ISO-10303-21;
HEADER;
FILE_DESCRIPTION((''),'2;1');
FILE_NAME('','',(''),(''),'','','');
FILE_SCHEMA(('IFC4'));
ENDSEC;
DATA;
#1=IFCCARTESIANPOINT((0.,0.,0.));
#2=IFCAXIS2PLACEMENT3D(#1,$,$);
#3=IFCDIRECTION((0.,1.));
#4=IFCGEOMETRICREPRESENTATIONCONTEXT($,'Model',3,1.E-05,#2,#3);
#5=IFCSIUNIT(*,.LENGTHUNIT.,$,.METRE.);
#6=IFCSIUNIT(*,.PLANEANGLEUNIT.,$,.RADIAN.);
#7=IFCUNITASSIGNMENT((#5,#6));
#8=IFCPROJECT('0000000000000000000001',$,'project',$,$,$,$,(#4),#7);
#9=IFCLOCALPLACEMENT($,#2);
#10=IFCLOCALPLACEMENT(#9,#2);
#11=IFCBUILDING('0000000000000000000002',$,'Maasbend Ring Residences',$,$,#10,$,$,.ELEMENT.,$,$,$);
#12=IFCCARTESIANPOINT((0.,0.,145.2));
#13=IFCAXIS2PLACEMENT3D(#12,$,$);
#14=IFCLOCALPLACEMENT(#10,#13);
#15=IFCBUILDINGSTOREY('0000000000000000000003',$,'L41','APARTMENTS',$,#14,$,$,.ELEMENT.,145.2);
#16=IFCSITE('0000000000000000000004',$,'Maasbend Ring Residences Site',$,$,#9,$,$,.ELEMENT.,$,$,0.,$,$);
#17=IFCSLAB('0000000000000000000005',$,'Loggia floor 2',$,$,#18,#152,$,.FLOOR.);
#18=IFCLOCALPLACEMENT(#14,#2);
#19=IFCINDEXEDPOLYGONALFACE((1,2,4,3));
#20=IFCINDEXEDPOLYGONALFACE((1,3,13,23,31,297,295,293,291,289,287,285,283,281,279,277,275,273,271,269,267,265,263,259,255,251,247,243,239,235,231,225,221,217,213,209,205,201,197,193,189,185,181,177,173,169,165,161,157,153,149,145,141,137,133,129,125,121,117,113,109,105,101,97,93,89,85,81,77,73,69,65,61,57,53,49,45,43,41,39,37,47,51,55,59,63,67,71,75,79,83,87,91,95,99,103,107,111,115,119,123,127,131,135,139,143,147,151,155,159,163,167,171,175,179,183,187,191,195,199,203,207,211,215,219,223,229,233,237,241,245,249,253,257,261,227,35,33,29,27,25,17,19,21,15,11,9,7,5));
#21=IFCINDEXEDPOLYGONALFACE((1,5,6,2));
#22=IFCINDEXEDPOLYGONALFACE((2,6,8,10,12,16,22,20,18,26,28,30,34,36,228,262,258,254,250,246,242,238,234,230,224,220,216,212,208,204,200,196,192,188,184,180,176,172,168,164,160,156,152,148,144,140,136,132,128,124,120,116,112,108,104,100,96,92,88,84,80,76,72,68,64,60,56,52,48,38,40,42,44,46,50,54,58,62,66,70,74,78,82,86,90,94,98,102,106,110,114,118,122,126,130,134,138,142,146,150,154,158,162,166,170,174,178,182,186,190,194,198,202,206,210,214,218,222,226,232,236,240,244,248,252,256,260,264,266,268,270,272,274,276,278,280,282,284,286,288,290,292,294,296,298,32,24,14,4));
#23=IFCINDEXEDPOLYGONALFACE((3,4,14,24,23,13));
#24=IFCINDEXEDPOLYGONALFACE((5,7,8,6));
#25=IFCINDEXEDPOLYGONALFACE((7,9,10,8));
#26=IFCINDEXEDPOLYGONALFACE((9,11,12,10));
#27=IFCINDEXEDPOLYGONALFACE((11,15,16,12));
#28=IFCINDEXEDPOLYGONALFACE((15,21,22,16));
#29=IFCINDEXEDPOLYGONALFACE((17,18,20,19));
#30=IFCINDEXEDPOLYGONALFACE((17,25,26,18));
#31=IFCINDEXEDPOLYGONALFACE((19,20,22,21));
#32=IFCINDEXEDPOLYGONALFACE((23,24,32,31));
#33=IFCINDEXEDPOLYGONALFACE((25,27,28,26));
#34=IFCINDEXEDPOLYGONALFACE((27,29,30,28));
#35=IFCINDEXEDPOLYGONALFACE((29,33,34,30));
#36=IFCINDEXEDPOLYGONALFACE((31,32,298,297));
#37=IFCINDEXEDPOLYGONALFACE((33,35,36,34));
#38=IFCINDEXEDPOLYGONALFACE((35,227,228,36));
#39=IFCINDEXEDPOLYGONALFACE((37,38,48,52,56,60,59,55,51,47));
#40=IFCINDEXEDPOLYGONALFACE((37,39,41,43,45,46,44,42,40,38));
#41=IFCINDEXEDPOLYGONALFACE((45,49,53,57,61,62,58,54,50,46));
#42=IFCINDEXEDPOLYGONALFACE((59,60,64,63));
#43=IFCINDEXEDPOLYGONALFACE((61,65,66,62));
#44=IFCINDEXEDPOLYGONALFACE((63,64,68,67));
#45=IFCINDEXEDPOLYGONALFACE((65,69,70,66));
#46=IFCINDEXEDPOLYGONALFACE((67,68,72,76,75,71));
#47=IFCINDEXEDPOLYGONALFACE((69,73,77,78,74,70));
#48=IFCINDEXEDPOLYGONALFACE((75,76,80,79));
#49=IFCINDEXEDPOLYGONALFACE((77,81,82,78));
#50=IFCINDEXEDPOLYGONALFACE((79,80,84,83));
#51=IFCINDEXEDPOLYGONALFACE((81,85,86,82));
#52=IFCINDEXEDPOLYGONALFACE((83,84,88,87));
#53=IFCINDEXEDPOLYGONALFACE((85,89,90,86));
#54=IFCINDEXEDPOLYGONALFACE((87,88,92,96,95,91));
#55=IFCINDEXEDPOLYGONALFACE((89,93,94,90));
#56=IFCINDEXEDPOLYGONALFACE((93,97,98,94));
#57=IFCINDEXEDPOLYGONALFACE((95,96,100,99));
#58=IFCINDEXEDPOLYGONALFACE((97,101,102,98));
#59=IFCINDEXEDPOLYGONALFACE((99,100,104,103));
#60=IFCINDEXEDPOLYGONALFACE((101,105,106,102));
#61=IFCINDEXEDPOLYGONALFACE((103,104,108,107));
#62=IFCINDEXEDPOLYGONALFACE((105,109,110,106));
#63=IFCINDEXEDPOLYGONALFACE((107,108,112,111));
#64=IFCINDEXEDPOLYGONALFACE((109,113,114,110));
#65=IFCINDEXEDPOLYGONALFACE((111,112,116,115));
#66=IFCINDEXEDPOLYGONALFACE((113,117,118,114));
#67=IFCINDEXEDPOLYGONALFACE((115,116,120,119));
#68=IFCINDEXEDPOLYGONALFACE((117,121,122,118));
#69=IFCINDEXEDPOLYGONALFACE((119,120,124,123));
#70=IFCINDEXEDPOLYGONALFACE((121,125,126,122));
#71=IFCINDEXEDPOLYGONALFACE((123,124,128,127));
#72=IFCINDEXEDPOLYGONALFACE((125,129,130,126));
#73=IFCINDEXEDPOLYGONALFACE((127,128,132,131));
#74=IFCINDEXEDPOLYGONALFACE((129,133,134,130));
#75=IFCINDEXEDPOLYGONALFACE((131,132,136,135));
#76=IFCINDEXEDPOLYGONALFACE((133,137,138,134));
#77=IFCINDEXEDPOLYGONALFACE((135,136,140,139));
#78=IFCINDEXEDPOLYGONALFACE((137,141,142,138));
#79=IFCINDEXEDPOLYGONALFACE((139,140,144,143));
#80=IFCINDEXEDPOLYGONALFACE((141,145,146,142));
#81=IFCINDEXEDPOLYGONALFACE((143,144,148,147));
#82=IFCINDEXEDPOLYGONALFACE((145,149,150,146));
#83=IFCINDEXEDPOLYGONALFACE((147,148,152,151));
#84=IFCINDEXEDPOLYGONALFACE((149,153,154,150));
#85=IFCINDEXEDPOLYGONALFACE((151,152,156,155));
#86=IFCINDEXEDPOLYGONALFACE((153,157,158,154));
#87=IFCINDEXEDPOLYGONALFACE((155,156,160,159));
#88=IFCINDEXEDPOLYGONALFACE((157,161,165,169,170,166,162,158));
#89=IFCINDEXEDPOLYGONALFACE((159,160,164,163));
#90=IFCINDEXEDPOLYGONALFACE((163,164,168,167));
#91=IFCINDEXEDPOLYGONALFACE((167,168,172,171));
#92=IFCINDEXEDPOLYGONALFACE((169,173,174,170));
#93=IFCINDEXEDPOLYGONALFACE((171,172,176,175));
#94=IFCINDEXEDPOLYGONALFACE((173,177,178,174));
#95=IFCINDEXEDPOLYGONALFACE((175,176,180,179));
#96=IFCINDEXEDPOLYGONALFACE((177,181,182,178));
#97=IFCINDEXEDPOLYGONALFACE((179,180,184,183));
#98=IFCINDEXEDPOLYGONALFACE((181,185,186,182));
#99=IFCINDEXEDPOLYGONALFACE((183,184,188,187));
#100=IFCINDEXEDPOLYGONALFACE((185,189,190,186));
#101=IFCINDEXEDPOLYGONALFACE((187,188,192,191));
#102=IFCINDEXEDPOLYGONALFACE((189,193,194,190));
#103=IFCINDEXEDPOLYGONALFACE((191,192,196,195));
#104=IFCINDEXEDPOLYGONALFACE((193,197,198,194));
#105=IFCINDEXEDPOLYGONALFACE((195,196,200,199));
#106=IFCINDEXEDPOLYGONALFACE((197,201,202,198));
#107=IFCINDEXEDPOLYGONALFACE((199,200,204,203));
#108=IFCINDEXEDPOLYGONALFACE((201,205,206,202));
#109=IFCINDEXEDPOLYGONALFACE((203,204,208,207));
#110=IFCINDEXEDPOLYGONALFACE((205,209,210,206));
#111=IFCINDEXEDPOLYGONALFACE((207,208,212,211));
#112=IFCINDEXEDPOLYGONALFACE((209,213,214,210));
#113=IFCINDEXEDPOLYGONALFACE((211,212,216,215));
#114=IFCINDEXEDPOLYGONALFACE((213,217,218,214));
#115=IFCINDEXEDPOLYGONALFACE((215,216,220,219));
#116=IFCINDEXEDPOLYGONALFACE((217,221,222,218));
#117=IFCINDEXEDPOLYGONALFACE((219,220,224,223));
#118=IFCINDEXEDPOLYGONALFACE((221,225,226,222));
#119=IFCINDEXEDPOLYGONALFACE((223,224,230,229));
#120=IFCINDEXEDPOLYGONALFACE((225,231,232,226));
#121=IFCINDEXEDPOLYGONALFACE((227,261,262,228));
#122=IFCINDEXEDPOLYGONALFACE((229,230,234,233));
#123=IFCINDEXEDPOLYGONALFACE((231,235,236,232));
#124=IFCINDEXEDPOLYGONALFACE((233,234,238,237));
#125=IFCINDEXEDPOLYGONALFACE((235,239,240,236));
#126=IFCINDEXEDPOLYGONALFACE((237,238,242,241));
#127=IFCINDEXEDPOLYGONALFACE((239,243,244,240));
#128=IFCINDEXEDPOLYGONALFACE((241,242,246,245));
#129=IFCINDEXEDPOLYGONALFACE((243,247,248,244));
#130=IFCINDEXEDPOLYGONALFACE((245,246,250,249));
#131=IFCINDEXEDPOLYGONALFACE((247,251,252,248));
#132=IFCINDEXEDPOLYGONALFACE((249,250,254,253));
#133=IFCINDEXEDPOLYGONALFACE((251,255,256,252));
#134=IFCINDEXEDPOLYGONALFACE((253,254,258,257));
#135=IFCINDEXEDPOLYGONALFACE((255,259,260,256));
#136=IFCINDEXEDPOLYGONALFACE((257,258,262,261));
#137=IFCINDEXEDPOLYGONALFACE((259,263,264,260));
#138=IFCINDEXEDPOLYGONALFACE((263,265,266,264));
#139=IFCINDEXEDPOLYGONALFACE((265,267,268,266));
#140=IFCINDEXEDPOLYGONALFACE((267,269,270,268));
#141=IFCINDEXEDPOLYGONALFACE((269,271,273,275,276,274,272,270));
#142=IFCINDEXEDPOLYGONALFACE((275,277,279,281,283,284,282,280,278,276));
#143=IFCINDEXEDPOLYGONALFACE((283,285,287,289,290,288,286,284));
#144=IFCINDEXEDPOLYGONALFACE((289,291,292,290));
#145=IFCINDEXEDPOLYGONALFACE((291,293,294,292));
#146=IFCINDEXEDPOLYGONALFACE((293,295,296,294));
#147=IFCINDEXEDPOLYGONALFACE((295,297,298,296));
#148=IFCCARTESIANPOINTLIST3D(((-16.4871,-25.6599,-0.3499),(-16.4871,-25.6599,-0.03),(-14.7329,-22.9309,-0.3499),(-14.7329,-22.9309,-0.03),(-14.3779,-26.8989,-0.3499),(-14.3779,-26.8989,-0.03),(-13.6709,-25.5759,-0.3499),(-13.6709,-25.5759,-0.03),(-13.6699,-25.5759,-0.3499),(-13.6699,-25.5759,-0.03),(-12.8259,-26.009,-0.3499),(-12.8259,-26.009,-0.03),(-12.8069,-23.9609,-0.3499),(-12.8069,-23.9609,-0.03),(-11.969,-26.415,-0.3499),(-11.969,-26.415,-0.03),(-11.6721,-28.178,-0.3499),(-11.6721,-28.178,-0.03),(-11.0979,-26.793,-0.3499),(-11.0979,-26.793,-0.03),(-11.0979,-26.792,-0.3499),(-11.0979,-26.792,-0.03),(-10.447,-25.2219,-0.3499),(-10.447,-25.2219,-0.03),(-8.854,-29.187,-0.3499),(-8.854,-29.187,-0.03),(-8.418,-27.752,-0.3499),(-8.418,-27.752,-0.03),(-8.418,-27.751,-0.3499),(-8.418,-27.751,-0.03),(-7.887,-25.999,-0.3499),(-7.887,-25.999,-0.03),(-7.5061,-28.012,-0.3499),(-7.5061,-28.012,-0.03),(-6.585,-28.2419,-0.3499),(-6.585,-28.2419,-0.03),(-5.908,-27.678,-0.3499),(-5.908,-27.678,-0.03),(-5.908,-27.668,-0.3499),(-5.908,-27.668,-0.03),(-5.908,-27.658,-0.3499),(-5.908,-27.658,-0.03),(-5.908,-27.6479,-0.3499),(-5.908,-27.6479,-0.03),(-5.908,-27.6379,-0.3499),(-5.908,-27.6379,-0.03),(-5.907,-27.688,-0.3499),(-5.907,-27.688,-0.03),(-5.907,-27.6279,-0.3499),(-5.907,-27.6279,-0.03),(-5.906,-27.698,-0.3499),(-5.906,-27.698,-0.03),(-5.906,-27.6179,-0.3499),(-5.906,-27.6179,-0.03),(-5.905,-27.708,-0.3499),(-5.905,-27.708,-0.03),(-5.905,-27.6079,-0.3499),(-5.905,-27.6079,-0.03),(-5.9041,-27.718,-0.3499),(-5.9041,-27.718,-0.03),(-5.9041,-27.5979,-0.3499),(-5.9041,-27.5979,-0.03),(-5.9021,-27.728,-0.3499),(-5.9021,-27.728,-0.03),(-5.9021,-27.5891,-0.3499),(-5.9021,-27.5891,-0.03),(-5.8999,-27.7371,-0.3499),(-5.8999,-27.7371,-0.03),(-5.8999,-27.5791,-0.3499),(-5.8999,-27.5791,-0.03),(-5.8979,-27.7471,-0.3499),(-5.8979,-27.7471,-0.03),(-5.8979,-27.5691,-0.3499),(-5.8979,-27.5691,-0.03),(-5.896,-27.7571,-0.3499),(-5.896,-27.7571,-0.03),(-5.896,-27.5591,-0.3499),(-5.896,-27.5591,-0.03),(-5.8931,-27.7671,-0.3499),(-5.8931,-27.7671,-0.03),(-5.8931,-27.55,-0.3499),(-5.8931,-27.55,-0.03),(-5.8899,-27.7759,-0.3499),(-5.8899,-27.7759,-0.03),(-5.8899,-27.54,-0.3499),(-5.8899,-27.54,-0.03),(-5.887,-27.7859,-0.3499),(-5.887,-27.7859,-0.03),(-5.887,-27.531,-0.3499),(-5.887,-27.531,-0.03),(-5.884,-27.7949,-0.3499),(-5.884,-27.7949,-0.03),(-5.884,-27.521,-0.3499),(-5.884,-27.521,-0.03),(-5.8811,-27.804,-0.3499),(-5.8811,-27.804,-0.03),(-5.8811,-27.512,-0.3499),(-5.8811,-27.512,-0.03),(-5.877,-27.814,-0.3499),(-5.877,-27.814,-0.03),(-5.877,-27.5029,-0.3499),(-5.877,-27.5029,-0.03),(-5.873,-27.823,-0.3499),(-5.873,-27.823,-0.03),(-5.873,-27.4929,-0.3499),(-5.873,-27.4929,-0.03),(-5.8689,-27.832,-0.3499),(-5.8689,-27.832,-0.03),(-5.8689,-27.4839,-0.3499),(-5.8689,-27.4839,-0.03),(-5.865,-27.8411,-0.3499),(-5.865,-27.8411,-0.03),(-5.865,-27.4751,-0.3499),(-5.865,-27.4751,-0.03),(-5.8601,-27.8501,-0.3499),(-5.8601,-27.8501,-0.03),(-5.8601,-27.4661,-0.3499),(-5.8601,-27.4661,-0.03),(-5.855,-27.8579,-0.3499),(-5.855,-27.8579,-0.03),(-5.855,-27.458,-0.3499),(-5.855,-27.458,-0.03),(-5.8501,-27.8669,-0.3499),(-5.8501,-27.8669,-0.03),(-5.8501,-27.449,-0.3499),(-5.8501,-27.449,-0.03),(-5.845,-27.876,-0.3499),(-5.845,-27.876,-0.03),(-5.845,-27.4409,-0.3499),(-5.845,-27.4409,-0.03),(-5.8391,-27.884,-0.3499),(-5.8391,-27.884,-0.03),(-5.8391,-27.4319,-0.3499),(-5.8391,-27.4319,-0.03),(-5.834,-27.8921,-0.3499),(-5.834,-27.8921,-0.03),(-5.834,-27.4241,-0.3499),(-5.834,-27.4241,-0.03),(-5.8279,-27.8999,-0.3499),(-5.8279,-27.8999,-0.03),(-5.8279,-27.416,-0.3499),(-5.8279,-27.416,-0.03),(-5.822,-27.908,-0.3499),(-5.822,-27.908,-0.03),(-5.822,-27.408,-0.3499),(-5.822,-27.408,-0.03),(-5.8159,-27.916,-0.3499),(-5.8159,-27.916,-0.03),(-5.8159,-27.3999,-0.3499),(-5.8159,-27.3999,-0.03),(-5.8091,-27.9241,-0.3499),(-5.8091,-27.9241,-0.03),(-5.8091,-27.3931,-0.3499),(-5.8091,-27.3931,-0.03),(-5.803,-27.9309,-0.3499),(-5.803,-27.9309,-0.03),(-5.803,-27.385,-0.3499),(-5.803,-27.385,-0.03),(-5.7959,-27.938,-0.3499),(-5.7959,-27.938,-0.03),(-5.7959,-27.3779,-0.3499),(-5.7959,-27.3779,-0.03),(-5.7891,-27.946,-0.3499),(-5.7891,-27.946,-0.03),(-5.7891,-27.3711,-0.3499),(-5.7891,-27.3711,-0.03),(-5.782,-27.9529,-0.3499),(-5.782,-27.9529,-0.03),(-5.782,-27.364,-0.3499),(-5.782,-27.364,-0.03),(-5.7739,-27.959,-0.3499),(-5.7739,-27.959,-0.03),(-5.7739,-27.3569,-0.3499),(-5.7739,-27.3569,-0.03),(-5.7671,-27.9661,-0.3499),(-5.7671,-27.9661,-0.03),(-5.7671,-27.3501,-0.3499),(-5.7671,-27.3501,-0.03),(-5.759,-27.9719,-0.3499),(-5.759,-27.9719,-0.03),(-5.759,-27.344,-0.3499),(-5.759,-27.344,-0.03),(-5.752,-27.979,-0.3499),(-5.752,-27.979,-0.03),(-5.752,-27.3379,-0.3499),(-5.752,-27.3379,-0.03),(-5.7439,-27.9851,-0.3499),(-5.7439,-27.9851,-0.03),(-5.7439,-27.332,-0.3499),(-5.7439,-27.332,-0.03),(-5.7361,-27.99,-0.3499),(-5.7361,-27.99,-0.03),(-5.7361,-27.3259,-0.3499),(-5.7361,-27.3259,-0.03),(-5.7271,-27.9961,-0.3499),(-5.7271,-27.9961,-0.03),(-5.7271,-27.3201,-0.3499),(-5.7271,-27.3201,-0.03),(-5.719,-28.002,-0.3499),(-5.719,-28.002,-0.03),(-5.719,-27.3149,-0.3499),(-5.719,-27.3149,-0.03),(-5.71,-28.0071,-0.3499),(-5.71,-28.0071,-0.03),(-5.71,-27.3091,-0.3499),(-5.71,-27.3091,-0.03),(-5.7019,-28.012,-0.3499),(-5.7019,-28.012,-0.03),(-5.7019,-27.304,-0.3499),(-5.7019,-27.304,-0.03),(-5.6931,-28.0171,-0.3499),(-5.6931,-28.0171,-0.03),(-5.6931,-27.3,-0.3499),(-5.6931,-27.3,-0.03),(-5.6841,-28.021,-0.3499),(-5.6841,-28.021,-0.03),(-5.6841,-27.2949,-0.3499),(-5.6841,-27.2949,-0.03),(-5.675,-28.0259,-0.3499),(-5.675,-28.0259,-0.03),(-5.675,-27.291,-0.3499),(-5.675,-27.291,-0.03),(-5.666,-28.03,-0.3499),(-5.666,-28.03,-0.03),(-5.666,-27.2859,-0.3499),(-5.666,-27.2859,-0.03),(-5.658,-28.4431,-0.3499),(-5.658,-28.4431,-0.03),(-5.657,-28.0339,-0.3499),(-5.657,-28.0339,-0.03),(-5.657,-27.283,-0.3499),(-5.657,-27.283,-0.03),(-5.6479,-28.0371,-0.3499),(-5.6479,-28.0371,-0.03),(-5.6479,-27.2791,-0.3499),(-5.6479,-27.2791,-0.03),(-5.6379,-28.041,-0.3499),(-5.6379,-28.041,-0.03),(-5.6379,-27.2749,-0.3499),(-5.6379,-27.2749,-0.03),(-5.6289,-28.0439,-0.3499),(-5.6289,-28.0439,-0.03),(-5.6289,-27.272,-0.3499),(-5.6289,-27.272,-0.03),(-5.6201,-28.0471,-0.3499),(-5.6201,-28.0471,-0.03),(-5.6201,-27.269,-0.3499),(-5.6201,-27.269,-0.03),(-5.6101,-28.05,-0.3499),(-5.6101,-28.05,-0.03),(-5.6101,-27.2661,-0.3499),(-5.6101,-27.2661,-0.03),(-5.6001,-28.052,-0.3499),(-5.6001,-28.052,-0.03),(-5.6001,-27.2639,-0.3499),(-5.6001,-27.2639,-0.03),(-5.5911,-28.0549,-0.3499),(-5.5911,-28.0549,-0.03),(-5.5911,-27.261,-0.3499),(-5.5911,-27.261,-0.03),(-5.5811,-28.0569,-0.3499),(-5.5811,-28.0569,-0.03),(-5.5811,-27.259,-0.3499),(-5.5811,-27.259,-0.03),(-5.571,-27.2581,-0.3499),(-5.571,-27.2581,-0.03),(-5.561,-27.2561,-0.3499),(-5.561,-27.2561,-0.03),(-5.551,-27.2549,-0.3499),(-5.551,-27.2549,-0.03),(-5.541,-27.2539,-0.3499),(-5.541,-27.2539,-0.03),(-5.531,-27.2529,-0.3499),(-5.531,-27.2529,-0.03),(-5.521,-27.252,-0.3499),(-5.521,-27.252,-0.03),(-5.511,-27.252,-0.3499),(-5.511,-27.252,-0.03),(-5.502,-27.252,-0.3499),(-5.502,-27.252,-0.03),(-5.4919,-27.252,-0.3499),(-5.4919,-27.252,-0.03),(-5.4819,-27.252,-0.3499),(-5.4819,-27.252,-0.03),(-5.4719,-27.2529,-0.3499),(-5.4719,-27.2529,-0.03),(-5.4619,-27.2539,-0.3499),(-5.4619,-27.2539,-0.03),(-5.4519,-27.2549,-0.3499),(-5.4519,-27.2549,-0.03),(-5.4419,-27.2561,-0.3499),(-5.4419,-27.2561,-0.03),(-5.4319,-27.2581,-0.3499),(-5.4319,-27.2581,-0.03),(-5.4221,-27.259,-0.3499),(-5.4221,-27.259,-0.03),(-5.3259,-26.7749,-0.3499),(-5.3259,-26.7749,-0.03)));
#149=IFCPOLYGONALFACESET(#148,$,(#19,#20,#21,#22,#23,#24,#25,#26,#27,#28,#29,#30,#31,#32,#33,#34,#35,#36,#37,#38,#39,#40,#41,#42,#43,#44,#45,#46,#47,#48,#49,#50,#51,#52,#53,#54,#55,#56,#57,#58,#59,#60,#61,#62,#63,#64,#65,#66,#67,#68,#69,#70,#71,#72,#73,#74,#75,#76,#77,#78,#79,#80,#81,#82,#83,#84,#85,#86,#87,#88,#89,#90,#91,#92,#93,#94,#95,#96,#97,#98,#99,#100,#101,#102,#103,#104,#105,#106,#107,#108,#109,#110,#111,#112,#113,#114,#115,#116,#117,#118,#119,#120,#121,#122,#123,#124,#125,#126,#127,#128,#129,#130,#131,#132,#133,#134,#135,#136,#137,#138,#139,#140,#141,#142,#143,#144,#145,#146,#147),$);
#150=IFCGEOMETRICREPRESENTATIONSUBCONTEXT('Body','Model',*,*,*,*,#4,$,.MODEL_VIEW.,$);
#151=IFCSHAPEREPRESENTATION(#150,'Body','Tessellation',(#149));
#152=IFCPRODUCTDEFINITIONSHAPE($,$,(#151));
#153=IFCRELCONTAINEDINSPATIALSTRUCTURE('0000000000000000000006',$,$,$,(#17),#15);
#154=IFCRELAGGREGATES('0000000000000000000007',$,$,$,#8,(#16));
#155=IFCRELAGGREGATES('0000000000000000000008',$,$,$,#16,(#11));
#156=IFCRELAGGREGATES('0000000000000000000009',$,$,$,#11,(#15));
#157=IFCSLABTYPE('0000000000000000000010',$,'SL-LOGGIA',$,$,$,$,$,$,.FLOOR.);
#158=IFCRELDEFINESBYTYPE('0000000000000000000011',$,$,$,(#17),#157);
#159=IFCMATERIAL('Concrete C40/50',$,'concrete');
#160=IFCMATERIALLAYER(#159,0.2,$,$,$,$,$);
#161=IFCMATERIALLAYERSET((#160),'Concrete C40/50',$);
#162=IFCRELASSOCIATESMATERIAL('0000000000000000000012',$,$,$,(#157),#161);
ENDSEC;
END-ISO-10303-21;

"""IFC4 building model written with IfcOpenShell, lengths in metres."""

from ifc_helpers import new_model, si_unit, direction, frame, origin, place, context, subcontext, project, spatial, polyline, outline, extrude, material, layer, layer_set, type_object, element, save


model = new_model("IFC4")

# Units and contexts
model_context = context("Model", 3, precision=1e-05, world=origin(), true_north=direction((0.0, 1.0)))
body_context = subcontext(model_context, "Body", "Model", "MODEL_VIEW")
ifc_project = project(units=[si_unit("LENGTHUNIT", "METRE"), si_unit("PLANEANGLEUNIT", "RADIAN")], contexts=[model_context])

# Site, building, storey
site_placement = place(None, origin())
site = spatial("IfcSite", under=ifc_project, at=site_placement, Name="Maasbend Ring Residences Site", CompositionType="ELEMENT", RefElevation=0.0)
building_placement = place(site_placement, origin())
building = spatial("IfcBuilding", under=site, at=building_placement, Name="Maasbend Ring Residences", CompositionType="ELEMENT")
storey_placement = place(building_placement, frame((0.0, 0.0, 145.2)))
storey = spatial("IfcBuildingStorey", under=building, at=storey_placement, Name="L41", Description="APARTMENTS", CompositionType="ELEMENT", Elevation=145.2)

# Slab
ifc_material_1 = material(Name="Concrete C40/50", Category="concrete")
ifc_layer_1 = layer(ifc_material_1, 0.2)
ifc_layer_set_1 = layer_set([ifc_layer_1], Name="Concrete C40/50")
slab_type = type_object("IfcSlabType", Name="SL-LOGGIA", PredefinedType="FLOOR", material=ifc_layer_set_1)
slab_1_placement = place(storey_placement, frame((0.0, 0.0, -0.3499)))
element("IfcSlab", 1, at=slab_1_placement, inside=storey, type_object=slab_type, Name="Loggia floor 2", PredefinedType="FLOOR", context=body_context, shape_type="SweptSolid", body=[
    extrude(outline(polyline([(-12.8069, -23.9609), (-10.447, -25.2219), (-10.447, -25.2219), (-10.447, -25.2219), (-7.887, -25.999), (-5.3259, -26.7749), (-5.3259, -26.7749), (-5.3259, -26.7749), (-5.4221, -27.259), (-5.4319, -27.2581), (-5.4419, -27.2561), (-5.4519, -27.2549), (-5.4619, -27.2539), (-5.4719, -27.2529), (-5.4819, -27.252), (-5.4919, -27.252), (-5.502, -27.252), (-5.511, -27.252), (-5.521, -27.252), (-5.531, -27.2529), (-5.541, -27.2539), (-5.551, -27.2549), (-5.561, -27.2561), (-5.571, -27.2581), (-5.5811, -27.259), (-5.5911, -27.261), (-5.6001, -27.2639), (-5.6101, -27.2661), (-5.6201, -27.269), (-5.6289, -27.272), (-5.6379, -27.2749), (-5.6479, -27.2791), (-5.657, -27.283), (-5.666, -27.2859), (-5.675, -27.291), (-5.6841, -27.2949), (-5.6931, -27.3), (-5.7019, -27.304), (-5.71, -27.3091), (-5.719, -27.3149), (-5.7271, -27.3201), (-5.7361, -27.3259), (-5.7439, -27.332), (-5.752, -27.3379), (-5.759, -27.344), (-5.7671, -27.3501), (-5.7739, -27.3569), (-5.782, -27.364), (-5.7891, -27.3711), (-5.7959, -27.3779), (-5.803, -27.385), (-5.8091, -27.3931), (-5.8159, -27.3999), (-5.822, -27.408), (-5.8279, -27.416), (-5.834, -27.4241), (-5.8391, -27.4319), (-5.845, -27.4409), (-5.8501, -27.449), (-5.855, -27.458), (-5.8601, -27.4661), (-5.865, -27.4751), (-5.8689, -27.4839), (-5.873, -27.4929), (-5.877, -27.5029), (-5.8811, -27.512), (-5.884, -27.521), (-5.887, -27.531), (-5.8899, -27.54), (-5.8931, -27.55), (-5.896, -27.5591), (-5.8979, -27.5691), (-5.8999, -27.5791), (-5.9021, -27.5891), (-5.9041, -27.5979), (-5.905, -27.6079), (-5.906, -27.6179), (-5.907, -27.6279), (-5.908, -27.6379), (-5.908, -27.6479), (-5.908, -27.658), (-5.908, -27.668), (-5.908, -27.678), (-5.907, -27.688), (-5.906, -27.698), (-5.905, -27.708), (-5.9041, -27.718), (-5.9021, -27.728), (-5.8999, -27.7371), (-5.8979, -27.7471), (-5.896, -27.7571), (-5.8931, -27.7671), (-5.8899, -27.7759), (-5.887, -27.7859), (-5.884, -27.7949), (-5.8811, -27.804), (-5.877, -27.814), (-5.873, -27.823), (-5.8689, -27.832), (-5.865, -27.8411), (-5.8601, -27.8501), (-5.855, -27.8579), (-5.8501, -27.8669), (-5.845, -27.876), (-5.8391, -27.884), (-5.834, -27.8921), (-5.8279, -27.8999), (-5.822, -27.908), (-5.8159, -27.916), (-5.8091, -27.9241), (-5.803, -27.9309), (-5.7959, -27.938), (-5.7891, -27.946), (-5.782, -27.9529), (-5.7739, -27.959), (-5.7671, -27.9661), (-5.759, -27.9719), (-5.752, -27.979), (-5.7439, -27.9851), (-5.7361, -27.99), (-5.7271, -27.9961), (-5.719, -28.002), (-5.71, -28.0071), (-5.7019, -28.012), (-5.6931, -28.0171), (-5.6841, -28.021), (-5.675, -28.0259), (-5.666, -28.03), (-5.657, -28.0339), (-5.6479, -28.0371), (-5.6379, -28.041), (-5.6289, -28.0439), (-5.6201, -28.0471), (-5.6101, -28.05), (-5.6001, -28.052), (-5.5911, -28.0549), (-5.5811, -28.0569), (-5.658, -28.4431), (-5.658, -28.4431), (-5.658, -28.4431), (-6.585, -28.2419), (-6.585, -28.2419), (-7.5061, -28.012), (-7.5061, -28.012), (-8.418, -27.751), (-8.418, -27.751), (-8.418, -27.751), (-8.418, -27.751), (-8.418, -27.751), (-8.418, -27.751), (-8.418, -27.751), (-8.418, -27.751), (-8.418, -27.751), (-8.418, -27.751), (-8.418, -27.752), (-8.418, -27.752), (-8.418, -27.752), (-8.418, -27.752), (-8.418, -27.752), (-8.418, -27.752), (-8.418, -27.752), (-8.854, -29.187), (-8.854, -29.187), (-8.854, -29.187), (-11.6721, -28.178), (-11.6721, -28.178), (-11.6721, -28.178), (-11.0979, -26.793), (-11.0979, -26.793), (-11.0979, -26.793), (-11.0979, -26.793), (-11.0979, -26.793), (-11.0979, -26.793), (-11.0979, -26.793), (-11.0979, -26.793), (-11.0979, -26.793), (-11.0979, -26.793), (-11.0979, -26.792), (-11.0979, -26.792), (-11.0979, -26.792), (-11.0979, -26.792), (-11.0979, -26.792), (-11.0979, -26.792), (-11.0979, -26.792), (-11.969, -26.415), (-11.969, -26.415), (-12.8259, -26.009), (-12.8259, -26.009), (-13.6699, -25.5759), (-13.6699, -25.5759), (-13.6699, -25.5759), (-13.6699, -25.5759), (-13.6699, -25.5759), (-13.6699, -25.5759), (-13.6699, -25.5759), (-13.6699, -25.5759), (-13.6699, -25.5759), (-13.6699, -25.5759), (-13.6709, -25.5759), (-13.6709, -25.5759), (-13.6709, -25.5759), (-13.6709, -25.5759), (-13.6709, -25.5759), (-13.6709, -25.5759), (-13.6709, -25.5759), (-14.3779, -26.8989), (-14.3779, -26.8989), (-14.3779, -26.8989), (-16.4871, -25.6599), (-16.4871, -25.6599), (-16.4871, -25.6599), (-14.7329, -22.9309), (-14.7329, -22.9309), (-14.7329, -22.9309), (-12.8069, -23.9609)])), origin(), (0.0, 0.0, 1.0), 0.3198),
])

save(model, "model.ifc")
